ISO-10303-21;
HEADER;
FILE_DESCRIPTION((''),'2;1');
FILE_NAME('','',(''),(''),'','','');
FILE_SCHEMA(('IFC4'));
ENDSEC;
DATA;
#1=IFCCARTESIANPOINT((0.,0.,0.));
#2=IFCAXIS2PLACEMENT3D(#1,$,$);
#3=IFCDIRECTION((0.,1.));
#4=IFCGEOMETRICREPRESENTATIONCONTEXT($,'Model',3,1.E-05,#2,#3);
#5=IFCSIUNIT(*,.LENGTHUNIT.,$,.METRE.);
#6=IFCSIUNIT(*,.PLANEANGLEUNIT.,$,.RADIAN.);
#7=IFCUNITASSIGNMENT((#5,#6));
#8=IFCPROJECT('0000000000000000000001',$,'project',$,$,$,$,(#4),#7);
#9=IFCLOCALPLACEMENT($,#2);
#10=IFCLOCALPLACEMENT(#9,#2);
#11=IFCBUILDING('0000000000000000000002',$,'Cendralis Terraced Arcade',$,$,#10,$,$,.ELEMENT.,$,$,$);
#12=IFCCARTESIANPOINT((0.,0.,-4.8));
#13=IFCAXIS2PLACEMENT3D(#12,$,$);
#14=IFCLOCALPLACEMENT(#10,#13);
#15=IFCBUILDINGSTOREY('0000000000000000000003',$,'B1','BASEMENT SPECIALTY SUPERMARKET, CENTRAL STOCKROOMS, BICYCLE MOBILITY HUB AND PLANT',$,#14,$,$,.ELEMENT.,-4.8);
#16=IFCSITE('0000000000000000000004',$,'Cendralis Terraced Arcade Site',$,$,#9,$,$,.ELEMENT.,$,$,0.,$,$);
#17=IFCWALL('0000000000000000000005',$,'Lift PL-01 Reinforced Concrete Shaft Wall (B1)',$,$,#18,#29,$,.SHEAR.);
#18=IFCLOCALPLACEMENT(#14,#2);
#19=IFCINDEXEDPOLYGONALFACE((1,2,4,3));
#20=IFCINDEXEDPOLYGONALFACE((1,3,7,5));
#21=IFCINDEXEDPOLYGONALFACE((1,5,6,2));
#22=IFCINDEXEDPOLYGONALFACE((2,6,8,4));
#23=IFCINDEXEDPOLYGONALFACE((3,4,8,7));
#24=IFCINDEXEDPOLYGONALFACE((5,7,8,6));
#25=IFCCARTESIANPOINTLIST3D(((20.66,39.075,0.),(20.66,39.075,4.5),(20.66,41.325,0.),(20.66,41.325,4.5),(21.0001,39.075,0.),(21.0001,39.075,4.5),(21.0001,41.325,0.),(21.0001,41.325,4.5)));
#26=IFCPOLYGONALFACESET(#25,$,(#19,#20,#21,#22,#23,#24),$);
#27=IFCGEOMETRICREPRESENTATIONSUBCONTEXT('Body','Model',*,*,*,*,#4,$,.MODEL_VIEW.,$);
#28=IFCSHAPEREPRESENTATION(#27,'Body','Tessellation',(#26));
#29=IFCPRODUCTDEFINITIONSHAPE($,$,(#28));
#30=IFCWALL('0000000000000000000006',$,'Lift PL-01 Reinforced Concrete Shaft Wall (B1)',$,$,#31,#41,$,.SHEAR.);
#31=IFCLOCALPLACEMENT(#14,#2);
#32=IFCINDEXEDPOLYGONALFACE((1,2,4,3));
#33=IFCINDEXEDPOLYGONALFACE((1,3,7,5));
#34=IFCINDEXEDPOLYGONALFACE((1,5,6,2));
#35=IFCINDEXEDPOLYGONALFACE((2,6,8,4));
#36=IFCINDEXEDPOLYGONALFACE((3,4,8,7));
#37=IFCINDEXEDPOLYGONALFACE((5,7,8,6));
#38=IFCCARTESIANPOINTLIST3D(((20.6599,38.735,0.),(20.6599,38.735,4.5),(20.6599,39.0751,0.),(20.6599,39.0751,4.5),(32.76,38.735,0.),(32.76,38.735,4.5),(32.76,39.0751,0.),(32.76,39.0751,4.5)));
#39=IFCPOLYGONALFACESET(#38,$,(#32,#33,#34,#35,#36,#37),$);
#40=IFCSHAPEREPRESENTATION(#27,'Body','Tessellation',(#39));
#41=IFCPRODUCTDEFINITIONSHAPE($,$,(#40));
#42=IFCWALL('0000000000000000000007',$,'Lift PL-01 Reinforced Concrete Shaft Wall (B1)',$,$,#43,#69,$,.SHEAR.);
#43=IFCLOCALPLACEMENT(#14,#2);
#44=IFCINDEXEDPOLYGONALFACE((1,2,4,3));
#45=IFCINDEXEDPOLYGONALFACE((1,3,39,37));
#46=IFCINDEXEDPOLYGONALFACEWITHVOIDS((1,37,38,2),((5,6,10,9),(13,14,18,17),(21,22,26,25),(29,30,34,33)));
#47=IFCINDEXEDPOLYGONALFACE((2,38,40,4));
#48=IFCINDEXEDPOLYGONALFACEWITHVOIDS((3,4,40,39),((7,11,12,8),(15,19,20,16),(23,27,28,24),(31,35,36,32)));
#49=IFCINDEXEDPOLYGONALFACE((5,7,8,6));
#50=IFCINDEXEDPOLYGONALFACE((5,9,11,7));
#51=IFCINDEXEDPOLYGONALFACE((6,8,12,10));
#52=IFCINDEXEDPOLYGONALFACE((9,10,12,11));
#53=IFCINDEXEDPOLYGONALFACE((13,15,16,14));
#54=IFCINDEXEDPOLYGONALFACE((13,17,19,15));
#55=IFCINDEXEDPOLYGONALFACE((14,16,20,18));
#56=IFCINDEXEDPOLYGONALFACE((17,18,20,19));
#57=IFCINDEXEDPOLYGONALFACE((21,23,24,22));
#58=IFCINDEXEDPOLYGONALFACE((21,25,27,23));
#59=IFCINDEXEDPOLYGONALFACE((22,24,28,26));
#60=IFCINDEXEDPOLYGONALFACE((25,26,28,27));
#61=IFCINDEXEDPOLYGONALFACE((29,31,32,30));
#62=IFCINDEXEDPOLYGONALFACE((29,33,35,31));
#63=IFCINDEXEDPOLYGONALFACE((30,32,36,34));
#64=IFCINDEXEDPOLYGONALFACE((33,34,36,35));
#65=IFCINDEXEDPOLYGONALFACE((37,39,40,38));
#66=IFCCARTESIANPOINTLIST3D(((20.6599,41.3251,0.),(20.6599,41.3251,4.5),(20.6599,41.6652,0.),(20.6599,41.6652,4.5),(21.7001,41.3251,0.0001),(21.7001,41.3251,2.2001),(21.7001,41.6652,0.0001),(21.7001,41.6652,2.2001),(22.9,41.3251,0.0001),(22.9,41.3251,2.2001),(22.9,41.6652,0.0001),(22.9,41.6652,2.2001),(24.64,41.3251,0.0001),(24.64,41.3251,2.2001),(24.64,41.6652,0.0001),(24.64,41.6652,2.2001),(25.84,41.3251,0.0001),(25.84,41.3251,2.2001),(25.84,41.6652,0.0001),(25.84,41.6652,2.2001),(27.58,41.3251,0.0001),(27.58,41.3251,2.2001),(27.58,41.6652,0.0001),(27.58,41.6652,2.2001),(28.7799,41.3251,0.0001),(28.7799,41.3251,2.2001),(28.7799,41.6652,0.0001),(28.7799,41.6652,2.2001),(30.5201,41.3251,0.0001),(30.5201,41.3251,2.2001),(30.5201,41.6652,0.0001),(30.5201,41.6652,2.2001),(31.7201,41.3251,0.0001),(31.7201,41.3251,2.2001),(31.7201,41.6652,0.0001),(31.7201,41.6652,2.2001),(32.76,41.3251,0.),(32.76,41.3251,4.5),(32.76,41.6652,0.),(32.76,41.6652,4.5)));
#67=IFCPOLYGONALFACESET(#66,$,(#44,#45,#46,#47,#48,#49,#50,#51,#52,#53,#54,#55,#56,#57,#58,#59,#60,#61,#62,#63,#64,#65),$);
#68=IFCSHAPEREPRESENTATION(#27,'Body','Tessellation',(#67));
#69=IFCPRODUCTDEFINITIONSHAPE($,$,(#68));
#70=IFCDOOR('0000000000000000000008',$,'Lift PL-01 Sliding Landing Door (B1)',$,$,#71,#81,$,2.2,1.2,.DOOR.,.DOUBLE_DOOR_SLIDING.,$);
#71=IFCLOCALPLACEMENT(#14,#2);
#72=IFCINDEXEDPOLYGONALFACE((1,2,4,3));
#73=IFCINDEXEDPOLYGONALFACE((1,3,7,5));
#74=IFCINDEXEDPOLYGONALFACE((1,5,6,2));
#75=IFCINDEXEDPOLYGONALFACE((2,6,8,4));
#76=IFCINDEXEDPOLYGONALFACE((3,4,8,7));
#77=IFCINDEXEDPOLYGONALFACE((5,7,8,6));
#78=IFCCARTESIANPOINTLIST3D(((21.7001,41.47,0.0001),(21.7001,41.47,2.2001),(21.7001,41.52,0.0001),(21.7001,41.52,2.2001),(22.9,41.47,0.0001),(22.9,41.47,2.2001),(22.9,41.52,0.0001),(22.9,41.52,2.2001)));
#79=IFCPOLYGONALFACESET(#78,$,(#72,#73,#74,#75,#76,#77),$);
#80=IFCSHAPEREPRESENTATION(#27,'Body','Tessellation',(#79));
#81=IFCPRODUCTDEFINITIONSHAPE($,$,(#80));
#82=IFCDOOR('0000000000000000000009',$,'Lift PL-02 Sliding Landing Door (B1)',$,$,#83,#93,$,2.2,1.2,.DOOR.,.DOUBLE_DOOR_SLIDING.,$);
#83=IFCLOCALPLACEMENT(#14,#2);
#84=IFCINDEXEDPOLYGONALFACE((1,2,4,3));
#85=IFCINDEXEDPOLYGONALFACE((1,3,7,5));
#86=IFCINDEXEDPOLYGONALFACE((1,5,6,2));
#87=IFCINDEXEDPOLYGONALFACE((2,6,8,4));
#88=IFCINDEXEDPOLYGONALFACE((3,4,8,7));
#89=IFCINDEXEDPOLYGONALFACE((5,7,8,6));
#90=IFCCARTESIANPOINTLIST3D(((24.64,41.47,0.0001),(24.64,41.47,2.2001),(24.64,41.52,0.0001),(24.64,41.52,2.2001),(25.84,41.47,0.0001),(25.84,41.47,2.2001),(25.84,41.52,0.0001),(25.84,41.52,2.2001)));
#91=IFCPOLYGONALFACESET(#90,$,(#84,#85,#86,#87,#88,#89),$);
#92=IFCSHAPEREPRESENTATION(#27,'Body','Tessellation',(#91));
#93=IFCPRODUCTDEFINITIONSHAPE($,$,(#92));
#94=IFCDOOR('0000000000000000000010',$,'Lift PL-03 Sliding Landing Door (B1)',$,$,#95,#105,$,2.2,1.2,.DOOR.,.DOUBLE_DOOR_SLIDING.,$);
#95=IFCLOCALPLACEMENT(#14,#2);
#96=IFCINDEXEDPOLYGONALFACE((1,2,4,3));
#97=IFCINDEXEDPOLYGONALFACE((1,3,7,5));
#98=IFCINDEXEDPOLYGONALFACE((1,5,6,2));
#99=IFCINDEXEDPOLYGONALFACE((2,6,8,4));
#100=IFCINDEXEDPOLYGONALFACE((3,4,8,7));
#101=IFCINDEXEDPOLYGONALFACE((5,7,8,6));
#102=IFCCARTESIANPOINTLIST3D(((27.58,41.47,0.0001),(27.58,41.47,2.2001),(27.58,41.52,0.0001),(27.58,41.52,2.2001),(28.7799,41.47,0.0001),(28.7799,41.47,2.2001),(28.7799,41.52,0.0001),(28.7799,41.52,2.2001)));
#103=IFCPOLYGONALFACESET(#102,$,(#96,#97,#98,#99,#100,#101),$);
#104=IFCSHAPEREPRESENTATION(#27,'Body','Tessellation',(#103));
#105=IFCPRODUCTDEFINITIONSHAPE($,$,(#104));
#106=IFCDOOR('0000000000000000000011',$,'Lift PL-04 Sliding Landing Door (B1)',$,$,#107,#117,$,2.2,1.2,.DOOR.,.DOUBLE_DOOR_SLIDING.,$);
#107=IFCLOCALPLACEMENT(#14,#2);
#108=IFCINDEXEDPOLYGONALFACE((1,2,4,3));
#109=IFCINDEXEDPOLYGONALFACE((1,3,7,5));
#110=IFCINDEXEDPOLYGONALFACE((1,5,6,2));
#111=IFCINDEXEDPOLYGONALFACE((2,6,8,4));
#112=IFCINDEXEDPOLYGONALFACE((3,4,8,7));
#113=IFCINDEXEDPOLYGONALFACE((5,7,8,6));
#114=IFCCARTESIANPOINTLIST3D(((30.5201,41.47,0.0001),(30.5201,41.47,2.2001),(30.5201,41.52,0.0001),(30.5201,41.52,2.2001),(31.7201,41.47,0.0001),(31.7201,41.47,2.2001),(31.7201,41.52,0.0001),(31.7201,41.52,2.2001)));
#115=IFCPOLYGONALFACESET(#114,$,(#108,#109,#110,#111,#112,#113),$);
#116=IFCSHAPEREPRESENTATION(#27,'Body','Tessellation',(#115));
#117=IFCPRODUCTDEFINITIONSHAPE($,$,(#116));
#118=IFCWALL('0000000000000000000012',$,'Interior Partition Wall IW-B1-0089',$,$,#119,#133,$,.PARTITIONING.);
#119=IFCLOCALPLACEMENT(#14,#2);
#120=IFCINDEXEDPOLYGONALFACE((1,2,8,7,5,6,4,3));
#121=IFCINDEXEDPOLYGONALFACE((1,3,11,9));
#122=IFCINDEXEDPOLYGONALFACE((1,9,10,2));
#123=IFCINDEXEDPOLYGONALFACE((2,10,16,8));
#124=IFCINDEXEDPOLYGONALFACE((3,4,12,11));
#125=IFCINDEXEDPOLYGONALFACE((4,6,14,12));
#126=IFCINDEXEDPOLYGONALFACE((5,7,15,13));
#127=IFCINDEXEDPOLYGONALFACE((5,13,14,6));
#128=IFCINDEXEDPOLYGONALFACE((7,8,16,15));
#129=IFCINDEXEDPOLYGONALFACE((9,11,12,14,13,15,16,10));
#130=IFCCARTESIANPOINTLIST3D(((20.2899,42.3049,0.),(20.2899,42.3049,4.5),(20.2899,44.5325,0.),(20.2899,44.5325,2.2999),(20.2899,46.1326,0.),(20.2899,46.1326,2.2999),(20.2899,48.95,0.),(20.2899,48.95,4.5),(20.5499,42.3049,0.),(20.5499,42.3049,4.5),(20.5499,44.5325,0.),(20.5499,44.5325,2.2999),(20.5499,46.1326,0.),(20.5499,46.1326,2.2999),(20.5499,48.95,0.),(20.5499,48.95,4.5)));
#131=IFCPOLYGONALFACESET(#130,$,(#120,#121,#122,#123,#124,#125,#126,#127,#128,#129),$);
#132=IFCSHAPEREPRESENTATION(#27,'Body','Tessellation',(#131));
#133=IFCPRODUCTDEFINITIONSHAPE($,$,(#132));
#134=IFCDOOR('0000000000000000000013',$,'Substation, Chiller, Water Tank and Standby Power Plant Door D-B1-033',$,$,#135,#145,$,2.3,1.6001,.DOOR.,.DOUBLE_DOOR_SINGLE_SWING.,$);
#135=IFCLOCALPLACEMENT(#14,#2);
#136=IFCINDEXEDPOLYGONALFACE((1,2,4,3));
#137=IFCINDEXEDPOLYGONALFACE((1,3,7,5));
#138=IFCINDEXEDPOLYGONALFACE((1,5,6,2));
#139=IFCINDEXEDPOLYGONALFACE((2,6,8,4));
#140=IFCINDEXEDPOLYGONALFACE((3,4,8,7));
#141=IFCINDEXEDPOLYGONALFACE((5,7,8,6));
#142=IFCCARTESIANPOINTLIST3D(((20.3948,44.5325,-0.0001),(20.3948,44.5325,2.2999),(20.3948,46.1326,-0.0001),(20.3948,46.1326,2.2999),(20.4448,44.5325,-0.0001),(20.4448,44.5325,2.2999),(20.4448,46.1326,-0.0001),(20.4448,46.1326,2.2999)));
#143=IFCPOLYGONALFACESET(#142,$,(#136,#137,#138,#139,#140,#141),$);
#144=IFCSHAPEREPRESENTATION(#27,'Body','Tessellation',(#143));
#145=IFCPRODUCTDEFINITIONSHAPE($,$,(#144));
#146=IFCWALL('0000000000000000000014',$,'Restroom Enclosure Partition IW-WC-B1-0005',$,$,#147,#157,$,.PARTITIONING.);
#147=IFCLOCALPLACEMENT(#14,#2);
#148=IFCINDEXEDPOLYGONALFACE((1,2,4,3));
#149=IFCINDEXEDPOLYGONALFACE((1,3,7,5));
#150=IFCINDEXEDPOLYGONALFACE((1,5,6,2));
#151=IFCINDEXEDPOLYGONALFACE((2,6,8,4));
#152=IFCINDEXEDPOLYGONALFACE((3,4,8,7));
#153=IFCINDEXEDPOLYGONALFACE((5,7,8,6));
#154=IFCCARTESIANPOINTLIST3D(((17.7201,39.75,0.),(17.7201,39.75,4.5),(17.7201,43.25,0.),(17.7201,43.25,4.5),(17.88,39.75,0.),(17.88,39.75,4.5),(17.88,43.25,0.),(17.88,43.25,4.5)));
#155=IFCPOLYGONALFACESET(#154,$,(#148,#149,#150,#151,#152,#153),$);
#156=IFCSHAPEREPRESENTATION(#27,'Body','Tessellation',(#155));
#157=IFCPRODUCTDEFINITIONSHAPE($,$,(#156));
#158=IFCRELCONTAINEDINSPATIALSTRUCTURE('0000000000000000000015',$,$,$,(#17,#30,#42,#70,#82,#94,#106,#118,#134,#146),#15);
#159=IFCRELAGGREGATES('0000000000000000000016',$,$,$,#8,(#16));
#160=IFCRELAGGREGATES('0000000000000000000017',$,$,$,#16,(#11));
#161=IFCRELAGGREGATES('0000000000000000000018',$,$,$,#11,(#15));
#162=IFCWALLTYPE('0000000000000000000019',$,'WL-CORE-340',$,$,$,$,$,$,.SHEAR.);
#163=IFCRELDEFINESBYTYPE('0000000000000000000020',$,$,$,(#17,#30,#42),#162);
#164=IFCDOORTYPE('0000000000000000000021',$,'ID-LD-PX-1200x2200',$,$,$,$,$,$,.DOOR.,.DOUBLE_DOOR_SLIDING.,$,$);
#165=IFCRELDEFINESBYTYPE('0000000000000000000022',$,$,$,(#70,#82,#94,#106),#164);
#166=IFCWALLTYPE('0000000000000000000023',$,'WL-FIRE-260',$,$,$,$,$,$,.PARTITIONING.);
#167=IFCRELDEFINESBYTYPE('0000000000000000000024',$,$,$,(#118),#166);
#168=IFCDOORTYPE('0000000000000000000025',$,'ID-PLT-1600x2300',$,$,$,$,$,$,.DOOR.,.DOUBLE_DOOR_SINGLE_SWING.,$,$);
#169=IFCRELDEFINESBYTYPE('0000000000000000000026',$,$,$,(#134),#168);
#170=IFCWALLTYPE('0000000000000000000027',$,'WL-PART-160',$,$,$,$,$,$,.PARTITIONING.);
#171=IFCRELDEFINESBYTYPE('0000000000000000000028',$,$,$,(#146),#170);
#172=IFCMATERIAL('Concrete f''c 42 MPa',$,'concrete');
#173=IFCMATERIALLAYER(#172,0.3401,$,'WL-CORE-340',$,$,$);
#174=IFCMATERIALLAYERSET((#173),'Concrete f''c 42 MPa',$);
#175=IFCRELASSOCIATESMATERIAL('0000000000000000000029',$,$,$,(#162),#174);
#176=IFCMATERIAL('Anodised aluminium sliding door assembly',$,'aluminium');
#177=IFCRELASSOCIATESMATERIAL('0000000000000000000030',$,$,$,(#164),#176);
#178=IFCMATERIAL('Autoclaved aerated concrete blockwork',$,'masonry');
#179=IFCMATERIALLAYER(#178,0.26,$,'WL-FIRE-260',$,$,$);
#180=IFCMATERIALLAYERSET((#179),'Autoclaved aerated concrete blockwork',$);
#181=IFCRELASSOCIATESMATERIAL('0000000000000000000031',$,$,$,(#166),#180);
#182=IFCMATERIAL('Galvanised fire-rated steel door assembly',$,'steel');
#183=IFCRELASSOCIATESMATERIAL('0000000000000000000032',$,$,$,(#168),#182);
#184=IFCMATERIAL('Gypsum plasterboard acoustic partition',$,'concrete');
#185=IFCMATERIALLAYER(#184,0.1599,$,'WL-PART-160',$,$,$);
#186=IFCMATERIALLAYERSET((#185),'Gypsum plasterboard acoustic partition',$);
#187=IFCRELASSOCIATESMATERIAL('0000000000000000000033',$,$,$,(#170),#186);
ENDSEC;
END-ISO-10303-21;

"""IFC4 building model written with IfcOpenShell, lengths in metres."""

from ifc_helpers import new_model, si_unit, direction, frame, frame_2d, origin, place, context, subcontext, project, spatial, rectangle, extrude, material, layer, layer_set, type_object, element, fill, save


model = new_model("IFC4")

# Units and contexts
model_context = context("Model", 3, precision=1e-05, world=origin(), true_north=direction((0.0, 1.0)))
body_context = subcontext(model_context, "Body", "Model", "MODEL_VIEW")
ifc_project = project(units=[si_unit("LENGTHUNIT", "METRE"), si_unit("PLANEANGLEUNIT", "RADIAN")], contexts=[model_context])

# Site, building, storey
site_placement = place(None, origin())
site = spatial("IfcSite", under=ifc_project, at=site_placement, Name="Cendralis Terraced Arcade Site", CompositionType="ELEMENT", RefElevation=0.0)
building_placement = place(site_placement, origin())
building = spatial("IfcBuilding", under=site, at=building_placement, Name="Cendralis Terraced Arcade", CompositionType="ELEMENT")
storey_placement = place(building_placement, frame((0.0, 0.0, -4.8)))
storey = spatial("IfcBuildingStorey", under=building, at=storey_placement, Name="B1", Description="BASEMENT SPECIALTY SUPERMARKET, CENTRAL STOCKROOMS, BICYCLE MOBILITY HUB AND PLANT", CompositionType="ELEMENT", Elevation=-4.8)

# Shared definitions
ifc_material_1 = material(Name="Concrete f'c 42 MPa", Category="concrete")

# Walls
ifc_material_2 = material(Name="Gypsum plasterboard acoustic partition", Category="concrete")
ifc_layer_1 = layer(ifc_material_1, 0.3401, Name="WL-CORE-340")
ifc_layer_set_1 = layer_set([ifc_layer_1], Name="Concrete f'c 42 MPa")
wall_type_1 = type_object("IfcWallType", Name="WL-CORE-340", PredefinedType="SHEAR", material=ifc_layer_set_1)
for number, where, z_axis, x_axis, name in (
    (1, (20.8301, 39.075, 0.0), (0.0, 0.0, 1.0), (0.0, 1.0, 0.0), "Lift PL-01 Reinforced Concrete Shaft Wall (B1)"),
):
    element("IfcWall", number, at=place(storey_placement, frame(where, z_axis=z_axis, x_axis=x_axis)), inside=storey, type_object=wall_type_1, Name=name, PredefinedType="SHEAR", context=body_context, shape_type="SweptSolid", body=[
        extrude(rectangle(XDim=2.25, YDim=0.3401, at=frame_2d((1.125, 0.0))), origin(), (0.0, 0.0, 1.0), 4.5),
    ])
wall_1_placement = place(storey_placement, frame((20.6599, 38.905, 0.0), z_axis=(0.0, 0.0, 1.0), x_axis=(1.0, 0.0, 0.0)))
element("IfcWall", 2, at=wall_1_placement, inside=storey, type_object=wall_type_1, Name="Lift PL-01 Reinforced Concrete Shaft Wall (B1)", PredefinedType="SHEAR", context=body_context, shape_type="SweptSolid", body=[
    extrude(rectangle(XDim=12.1001, YDim=0.3401, at=frame_2d((6.05, 0.0))), origin(), (0.0, 0.0, 1.0), 4.5),
])

# Wall, openings, doors
wall_2_placement = place(storey_placement, frame((20.6599, 41.4951, 0.0), z_axis=(0.0, 0.0, 1.0), x_axis=(1.0, 0.0, 0.0)))
wall_2 = element("IfcWall", 3, at=wall_2_placement, inside=storey, type_object=wall_type_1, Name="Lift PL-01 Reinforced Concrete Shaft Wall (B1)", PredefinedType="SHEAR", context=body_context, shape_type="SweptSolid", body=[
    extrude(rectangle(XDim=12.1001, YDim=0.3401, at=frame_2d((6.05, 0.0))), origin(), (0.0, 0.0, 1.0), 4.5),
])
opening_1_placement = place(wall_2_placement, frame((1.04, 0.0, 0.0)))
opening_1 = element("IfcOpeningElement", 4, at=opening_1_placement, cuts=wall_2, PredefinedType="OPENING", context=body_context, shape_type="SweptSolid", body=[
    extrude(rectangle(XDim=1.2, YDim=2.2, at=frame_2d((0.6001, 1.1001))), frame((0.0, 0.1821, 0.0), z_axis=(0.0, -1.0, 0.0), x_axis=(1.0, 0.0, 0.0)), (0.0, 0.0, 1.0), 0.364),
])
opening_2_placement = place(wall_2_placement, frame((3.98, 0.0, 0.0)))
opening_2 = element("IfcOpeningElement", 5, at=opening_2_placement, cuts=wall_2, PredefinedType="OPENING", context=body_context, shape_type="SweptSolid", body=[
    extrude(rectangle(XDim=1.2, YDim=2.2, at=frame_2d((0.6001, 1.1001))), frame((0.0, 0.1821, 0.0), z_axis=(0.0, -1.0, 0.0), x_axis=(1.0, 0.0, 0.0)), (0.0, 0.0, 1.0), 0.364),
])
opening_3_placement = place(wall_2_placement, frame((6.9199, 0.0, 0.0)))
opening_3 = element("IfcOpeningElement", 6, at=opening_3_placement, cuts=wall_2, PredefinedType="OPENING", context=body_context, shape_type="SweptSolid", body=[
    extrude(rectangle(XDim=1.2, YDim=2.2, at=frame_2d((0.6001, 1.1001))), frame((0.0, 0.1821, 0.0), z_axis=(0.0, -1.0, 0.0), x_axis=(1.0, 0.0, 0.0)), (0.0, 0.0, 1.0), 0.364),
])
opening_4_placement = place(wall_2_placement, frame((9.8601, 0.0, 0.0)))
opening_4 = element("IfcOpeningElement", 7, at=opening_4_placement, cuts=wall_2, PredefinedType="OPENING", context=body_context, shape_type="SweptSolid", body=[
    extrude(rectangle(XDim=1.2, YDim=2.2, at=frame_2d((0.6001, 1.1001))), frame((0.0, 0.1821, 0.0), z_axis=(0.0, -1.0, 0.0), x_axis=(1.0, 0.0, 0.0)), (0.0, 0.0, 1.0), 0.364),
])
ifc_material_3 = material(Name="Anodised aluminium sliding door assembly", Category="aluminium")
door_type_1 = type_object("IfcDoorType", Name="ID-LD-PX-1200x2200", OperationType="DOUBLE_DOOR_SLIDING", PredefinedType="DOOR", material=ifc_material_3)
door_1_placement = place(opening_1_placement, origin())
door_1 = element("IfcDoor", 8, at=door_1_placement, inside=storey, type_object=door_type_1, Name="Lift PL-01 Sliding Landing Door (B1)", OperationType="DOUBLE_DOOR_SLIDING", OverallHeight=2.2, OverallWidth=1.2, PredefinedType="DOOR", context=body_context, shape_type="SweptSolid", body=[
    extrude(rectangle(XDim=1.2, YDim=2.2, at=frame_2d((0.6001, 1.1001))), frame((0.0, 0.0249, 0.0), z_axis=(0.0, -1.0, 0.0), x_axis=(1.0, 0.0, 0.0)), (0.0, 0.0, 1.0), 0.05),
])
fill(opening_1, door_1)
door_2_placement = place(opening_2_placement, origin())
door_2 = element("IfcDoor", 9, at=door_2_placement, inside=storey, type_object=door_type_1, Name="Lift PL-02 Sliding Landing Door (B1)", OperationType="DOUBLE_DOOR_SLIDING", OverallHeight=2.2, OverallWidth=1.2, PredefinedType="DOOR", context=body_context, shape_type="SweptSolid", body=[
    extrude(rectangle(XDim=1.2, YDim=2.2, at=frame_2d((0.6001, 1.1001))), frame((0.0, 0.0249, 0.0), z_axis=(0.0, -1.0, 0.0), x_axis=(1.0, 0.0, 0.0)), (0.0, 0.0, 1.0), 0.05),
])
fill(opening_2, door_2)
door_3_placement = place(opening_3_placement, origin())
door_3 = element("IfcDoor", 10, at=door_3_placement, inside=storey, type_object=door_type_1, Name="Lift PL-03 Sliding Landing Door (B1)", OperationType="DOUBLE_DOOR_SLIDING", OverallHeight=2.2, OverallWidth=1.2, PredefinedType="DOOR", context=body_context, shape_type="SweptSolid", body=[
    extrude(rectangle(XDim=1.2, YDim=2.2, at=frame_2d((0.6001, 1.1001))), frame((0.0, 0.0249, 0.0), z_axis=(0.0, -1.0, 0.0), x_axis=(1.0, 0.0, 0.0)), (0.0, 0.0, 1.0), 0.05),
])
fill(opening_3, door_3)
door_4_placement = place(opening_4_placement, origin())
door_4 = element("IfcDoor", 11, at=door_4_placement, inside=storey, type_object=door_type_1, Name="Lift PL-04 Sliding Landing Door (B1)", OperationType="DOUBLE_DOOR_SLIDING", OverallHeight=2.2, OverallWidth=1.2, PredefinedType="DOOR", context=body_context, shape_type="SweptSolid", body=[
    extrude(rectangle(XDim=1.2, YDim=2.2, at=frame_2d((0.6001, 1.1001))), frame((0.0, 0.0249, 0.0), z_axis=(0.0, -1.0, 0.0), x_axis=(1.0, 0.0, 0.0)), (0.0, 0.0, 1.0), 0.05),
])
fill(opening_4, door_4)

# Wall, opening, door
ifc_material_4 = material(Name="Autoclaved aerated concrete blockwork", Category="masonry")
ifc_layer_2 = layer(ifc_material_4, 0.26, Name="WL-FIRE-260")
ifc_layer_set_2 = layer_set([ifc_layer_2], Name="Autoclaved aerated concrete blockwork")
wall_type_2 = type_object("IfcWallType", Name="WL-FIRE-260", PredefinedType="PARTITIONING", material=ifc_layer_set_2)
wall_3_placement = place(storey_placement, frame((20.4199, 48.95, 0.0), z_axis=(0.0, 0.0, 1.0), x_axis=(0.0, -1.0, 0.0)))
wall_3 = element("IfcWall", 12, at=wall_3_placement, inside=storey, type_object=wall_type_2, Name="Interior Partition Wall IW-B1-0089", PredefinedType="PARTITIONING", context=body_context, shape_type="SweptSolid", body=[
    extrude(rectangle(XDim=6.645, YDim=0.26, at=frame_2d((3.3225, 0.0))), origin(), (0.0, 0.0, 1.0), 4.5),
])
opening_5_placement = place(wall_3_placement, frame((2.8174, 0.0, 0.0)))
opening_5 = element("IfcOpeningElement", 13, at=opening_5_placement, cuts=wall_3, PredefinedType="OPENING", context=body_context, shape_type="SweptSolid", body=[
    extrude(rectangle(XDim=1.6001, YDim=2.3, at=frame_2d((0.8, 1.1499))), frame((0.0, 0.1421, 0.0), z_axis=(0.0, -1.0, 0.0), x_axis=(1.0, 0.0, 0.0)), (0.0, 0.0, 1.0), 0.2839),
])
ifc_material_5 = material(Name="Galvanised fire-rated steel door assembly", Category="steel")
door_type_2 = type_object("IfcDoorType", Name="ID-PLT-1600x2300", OperationType="DOUBLE_DOOR_SINGLE_SWING", PredefinedType="DOOR", material=ifc_material_5)
door_5_placement = place(opening_5_placement, origin())
door_5 = element("IfcDoor", 14, at=door_5_placement, inside=storey, type_object=door_type_2, Name="Substation, Chiller, Water Tank and Standby Power Plant Door D-B1-033", OperationType="DOUBLE_DOOR_SINGLE_SWING", OverallHeight=2.3, OverallWidth=1.6001, PredefinedType="DOOR", context=body_context, shape_type="SweptSolid", body=[
    extrude(rectangle(XDim=1.6001, YDim=2.3, at=frame_2d((0.8, 1.1499))), frame((0.0, 0.0249, 0.0), z_axis=(0.0, -1.0, 0.0), x_axis=(1.0, 0.0, 0.0)), (0.0, 0.0, 1.0), 0.05),
])
fill(opening_5, door_5)

# Wall
ifc_layer_3 = layer(ifc_material_2, 0.1599, Name="WL-PART-160")
ifc_layer_set_3 = layer_set([ifc_layer_3], Name="Gypsum plasterboard acoustic partition")
wall_type_3 = type_object("IfcWallType", Name="WL-PART-160", PredefinedType="PARTITIONING", material=ifc_layer_set_3)
wall_4_placement = place(storey_placement, frame((17.8, 39.75, 0.0), z_axis=(0.0, 0.0, 1.0), x_axis=(0.0, 1.0, 0.0)))
element("IfcWall", 15, at=wall_4_placement, inside=storey, type_object=wall_type_3, Name="Restroom Enclosure Partition IW-WC-B1-0005", PredefinedType="PARTITIONING", context=body_context, shape_type="SweptSolid", body=[
    extrude(rectangle(XDim=3.5, YDim=0.1599, at=frame_2d((1.75, 0.0))), origin(), (0.0, 0.0, 1.0), 4.5),
])

save(model, "model.ifc")
